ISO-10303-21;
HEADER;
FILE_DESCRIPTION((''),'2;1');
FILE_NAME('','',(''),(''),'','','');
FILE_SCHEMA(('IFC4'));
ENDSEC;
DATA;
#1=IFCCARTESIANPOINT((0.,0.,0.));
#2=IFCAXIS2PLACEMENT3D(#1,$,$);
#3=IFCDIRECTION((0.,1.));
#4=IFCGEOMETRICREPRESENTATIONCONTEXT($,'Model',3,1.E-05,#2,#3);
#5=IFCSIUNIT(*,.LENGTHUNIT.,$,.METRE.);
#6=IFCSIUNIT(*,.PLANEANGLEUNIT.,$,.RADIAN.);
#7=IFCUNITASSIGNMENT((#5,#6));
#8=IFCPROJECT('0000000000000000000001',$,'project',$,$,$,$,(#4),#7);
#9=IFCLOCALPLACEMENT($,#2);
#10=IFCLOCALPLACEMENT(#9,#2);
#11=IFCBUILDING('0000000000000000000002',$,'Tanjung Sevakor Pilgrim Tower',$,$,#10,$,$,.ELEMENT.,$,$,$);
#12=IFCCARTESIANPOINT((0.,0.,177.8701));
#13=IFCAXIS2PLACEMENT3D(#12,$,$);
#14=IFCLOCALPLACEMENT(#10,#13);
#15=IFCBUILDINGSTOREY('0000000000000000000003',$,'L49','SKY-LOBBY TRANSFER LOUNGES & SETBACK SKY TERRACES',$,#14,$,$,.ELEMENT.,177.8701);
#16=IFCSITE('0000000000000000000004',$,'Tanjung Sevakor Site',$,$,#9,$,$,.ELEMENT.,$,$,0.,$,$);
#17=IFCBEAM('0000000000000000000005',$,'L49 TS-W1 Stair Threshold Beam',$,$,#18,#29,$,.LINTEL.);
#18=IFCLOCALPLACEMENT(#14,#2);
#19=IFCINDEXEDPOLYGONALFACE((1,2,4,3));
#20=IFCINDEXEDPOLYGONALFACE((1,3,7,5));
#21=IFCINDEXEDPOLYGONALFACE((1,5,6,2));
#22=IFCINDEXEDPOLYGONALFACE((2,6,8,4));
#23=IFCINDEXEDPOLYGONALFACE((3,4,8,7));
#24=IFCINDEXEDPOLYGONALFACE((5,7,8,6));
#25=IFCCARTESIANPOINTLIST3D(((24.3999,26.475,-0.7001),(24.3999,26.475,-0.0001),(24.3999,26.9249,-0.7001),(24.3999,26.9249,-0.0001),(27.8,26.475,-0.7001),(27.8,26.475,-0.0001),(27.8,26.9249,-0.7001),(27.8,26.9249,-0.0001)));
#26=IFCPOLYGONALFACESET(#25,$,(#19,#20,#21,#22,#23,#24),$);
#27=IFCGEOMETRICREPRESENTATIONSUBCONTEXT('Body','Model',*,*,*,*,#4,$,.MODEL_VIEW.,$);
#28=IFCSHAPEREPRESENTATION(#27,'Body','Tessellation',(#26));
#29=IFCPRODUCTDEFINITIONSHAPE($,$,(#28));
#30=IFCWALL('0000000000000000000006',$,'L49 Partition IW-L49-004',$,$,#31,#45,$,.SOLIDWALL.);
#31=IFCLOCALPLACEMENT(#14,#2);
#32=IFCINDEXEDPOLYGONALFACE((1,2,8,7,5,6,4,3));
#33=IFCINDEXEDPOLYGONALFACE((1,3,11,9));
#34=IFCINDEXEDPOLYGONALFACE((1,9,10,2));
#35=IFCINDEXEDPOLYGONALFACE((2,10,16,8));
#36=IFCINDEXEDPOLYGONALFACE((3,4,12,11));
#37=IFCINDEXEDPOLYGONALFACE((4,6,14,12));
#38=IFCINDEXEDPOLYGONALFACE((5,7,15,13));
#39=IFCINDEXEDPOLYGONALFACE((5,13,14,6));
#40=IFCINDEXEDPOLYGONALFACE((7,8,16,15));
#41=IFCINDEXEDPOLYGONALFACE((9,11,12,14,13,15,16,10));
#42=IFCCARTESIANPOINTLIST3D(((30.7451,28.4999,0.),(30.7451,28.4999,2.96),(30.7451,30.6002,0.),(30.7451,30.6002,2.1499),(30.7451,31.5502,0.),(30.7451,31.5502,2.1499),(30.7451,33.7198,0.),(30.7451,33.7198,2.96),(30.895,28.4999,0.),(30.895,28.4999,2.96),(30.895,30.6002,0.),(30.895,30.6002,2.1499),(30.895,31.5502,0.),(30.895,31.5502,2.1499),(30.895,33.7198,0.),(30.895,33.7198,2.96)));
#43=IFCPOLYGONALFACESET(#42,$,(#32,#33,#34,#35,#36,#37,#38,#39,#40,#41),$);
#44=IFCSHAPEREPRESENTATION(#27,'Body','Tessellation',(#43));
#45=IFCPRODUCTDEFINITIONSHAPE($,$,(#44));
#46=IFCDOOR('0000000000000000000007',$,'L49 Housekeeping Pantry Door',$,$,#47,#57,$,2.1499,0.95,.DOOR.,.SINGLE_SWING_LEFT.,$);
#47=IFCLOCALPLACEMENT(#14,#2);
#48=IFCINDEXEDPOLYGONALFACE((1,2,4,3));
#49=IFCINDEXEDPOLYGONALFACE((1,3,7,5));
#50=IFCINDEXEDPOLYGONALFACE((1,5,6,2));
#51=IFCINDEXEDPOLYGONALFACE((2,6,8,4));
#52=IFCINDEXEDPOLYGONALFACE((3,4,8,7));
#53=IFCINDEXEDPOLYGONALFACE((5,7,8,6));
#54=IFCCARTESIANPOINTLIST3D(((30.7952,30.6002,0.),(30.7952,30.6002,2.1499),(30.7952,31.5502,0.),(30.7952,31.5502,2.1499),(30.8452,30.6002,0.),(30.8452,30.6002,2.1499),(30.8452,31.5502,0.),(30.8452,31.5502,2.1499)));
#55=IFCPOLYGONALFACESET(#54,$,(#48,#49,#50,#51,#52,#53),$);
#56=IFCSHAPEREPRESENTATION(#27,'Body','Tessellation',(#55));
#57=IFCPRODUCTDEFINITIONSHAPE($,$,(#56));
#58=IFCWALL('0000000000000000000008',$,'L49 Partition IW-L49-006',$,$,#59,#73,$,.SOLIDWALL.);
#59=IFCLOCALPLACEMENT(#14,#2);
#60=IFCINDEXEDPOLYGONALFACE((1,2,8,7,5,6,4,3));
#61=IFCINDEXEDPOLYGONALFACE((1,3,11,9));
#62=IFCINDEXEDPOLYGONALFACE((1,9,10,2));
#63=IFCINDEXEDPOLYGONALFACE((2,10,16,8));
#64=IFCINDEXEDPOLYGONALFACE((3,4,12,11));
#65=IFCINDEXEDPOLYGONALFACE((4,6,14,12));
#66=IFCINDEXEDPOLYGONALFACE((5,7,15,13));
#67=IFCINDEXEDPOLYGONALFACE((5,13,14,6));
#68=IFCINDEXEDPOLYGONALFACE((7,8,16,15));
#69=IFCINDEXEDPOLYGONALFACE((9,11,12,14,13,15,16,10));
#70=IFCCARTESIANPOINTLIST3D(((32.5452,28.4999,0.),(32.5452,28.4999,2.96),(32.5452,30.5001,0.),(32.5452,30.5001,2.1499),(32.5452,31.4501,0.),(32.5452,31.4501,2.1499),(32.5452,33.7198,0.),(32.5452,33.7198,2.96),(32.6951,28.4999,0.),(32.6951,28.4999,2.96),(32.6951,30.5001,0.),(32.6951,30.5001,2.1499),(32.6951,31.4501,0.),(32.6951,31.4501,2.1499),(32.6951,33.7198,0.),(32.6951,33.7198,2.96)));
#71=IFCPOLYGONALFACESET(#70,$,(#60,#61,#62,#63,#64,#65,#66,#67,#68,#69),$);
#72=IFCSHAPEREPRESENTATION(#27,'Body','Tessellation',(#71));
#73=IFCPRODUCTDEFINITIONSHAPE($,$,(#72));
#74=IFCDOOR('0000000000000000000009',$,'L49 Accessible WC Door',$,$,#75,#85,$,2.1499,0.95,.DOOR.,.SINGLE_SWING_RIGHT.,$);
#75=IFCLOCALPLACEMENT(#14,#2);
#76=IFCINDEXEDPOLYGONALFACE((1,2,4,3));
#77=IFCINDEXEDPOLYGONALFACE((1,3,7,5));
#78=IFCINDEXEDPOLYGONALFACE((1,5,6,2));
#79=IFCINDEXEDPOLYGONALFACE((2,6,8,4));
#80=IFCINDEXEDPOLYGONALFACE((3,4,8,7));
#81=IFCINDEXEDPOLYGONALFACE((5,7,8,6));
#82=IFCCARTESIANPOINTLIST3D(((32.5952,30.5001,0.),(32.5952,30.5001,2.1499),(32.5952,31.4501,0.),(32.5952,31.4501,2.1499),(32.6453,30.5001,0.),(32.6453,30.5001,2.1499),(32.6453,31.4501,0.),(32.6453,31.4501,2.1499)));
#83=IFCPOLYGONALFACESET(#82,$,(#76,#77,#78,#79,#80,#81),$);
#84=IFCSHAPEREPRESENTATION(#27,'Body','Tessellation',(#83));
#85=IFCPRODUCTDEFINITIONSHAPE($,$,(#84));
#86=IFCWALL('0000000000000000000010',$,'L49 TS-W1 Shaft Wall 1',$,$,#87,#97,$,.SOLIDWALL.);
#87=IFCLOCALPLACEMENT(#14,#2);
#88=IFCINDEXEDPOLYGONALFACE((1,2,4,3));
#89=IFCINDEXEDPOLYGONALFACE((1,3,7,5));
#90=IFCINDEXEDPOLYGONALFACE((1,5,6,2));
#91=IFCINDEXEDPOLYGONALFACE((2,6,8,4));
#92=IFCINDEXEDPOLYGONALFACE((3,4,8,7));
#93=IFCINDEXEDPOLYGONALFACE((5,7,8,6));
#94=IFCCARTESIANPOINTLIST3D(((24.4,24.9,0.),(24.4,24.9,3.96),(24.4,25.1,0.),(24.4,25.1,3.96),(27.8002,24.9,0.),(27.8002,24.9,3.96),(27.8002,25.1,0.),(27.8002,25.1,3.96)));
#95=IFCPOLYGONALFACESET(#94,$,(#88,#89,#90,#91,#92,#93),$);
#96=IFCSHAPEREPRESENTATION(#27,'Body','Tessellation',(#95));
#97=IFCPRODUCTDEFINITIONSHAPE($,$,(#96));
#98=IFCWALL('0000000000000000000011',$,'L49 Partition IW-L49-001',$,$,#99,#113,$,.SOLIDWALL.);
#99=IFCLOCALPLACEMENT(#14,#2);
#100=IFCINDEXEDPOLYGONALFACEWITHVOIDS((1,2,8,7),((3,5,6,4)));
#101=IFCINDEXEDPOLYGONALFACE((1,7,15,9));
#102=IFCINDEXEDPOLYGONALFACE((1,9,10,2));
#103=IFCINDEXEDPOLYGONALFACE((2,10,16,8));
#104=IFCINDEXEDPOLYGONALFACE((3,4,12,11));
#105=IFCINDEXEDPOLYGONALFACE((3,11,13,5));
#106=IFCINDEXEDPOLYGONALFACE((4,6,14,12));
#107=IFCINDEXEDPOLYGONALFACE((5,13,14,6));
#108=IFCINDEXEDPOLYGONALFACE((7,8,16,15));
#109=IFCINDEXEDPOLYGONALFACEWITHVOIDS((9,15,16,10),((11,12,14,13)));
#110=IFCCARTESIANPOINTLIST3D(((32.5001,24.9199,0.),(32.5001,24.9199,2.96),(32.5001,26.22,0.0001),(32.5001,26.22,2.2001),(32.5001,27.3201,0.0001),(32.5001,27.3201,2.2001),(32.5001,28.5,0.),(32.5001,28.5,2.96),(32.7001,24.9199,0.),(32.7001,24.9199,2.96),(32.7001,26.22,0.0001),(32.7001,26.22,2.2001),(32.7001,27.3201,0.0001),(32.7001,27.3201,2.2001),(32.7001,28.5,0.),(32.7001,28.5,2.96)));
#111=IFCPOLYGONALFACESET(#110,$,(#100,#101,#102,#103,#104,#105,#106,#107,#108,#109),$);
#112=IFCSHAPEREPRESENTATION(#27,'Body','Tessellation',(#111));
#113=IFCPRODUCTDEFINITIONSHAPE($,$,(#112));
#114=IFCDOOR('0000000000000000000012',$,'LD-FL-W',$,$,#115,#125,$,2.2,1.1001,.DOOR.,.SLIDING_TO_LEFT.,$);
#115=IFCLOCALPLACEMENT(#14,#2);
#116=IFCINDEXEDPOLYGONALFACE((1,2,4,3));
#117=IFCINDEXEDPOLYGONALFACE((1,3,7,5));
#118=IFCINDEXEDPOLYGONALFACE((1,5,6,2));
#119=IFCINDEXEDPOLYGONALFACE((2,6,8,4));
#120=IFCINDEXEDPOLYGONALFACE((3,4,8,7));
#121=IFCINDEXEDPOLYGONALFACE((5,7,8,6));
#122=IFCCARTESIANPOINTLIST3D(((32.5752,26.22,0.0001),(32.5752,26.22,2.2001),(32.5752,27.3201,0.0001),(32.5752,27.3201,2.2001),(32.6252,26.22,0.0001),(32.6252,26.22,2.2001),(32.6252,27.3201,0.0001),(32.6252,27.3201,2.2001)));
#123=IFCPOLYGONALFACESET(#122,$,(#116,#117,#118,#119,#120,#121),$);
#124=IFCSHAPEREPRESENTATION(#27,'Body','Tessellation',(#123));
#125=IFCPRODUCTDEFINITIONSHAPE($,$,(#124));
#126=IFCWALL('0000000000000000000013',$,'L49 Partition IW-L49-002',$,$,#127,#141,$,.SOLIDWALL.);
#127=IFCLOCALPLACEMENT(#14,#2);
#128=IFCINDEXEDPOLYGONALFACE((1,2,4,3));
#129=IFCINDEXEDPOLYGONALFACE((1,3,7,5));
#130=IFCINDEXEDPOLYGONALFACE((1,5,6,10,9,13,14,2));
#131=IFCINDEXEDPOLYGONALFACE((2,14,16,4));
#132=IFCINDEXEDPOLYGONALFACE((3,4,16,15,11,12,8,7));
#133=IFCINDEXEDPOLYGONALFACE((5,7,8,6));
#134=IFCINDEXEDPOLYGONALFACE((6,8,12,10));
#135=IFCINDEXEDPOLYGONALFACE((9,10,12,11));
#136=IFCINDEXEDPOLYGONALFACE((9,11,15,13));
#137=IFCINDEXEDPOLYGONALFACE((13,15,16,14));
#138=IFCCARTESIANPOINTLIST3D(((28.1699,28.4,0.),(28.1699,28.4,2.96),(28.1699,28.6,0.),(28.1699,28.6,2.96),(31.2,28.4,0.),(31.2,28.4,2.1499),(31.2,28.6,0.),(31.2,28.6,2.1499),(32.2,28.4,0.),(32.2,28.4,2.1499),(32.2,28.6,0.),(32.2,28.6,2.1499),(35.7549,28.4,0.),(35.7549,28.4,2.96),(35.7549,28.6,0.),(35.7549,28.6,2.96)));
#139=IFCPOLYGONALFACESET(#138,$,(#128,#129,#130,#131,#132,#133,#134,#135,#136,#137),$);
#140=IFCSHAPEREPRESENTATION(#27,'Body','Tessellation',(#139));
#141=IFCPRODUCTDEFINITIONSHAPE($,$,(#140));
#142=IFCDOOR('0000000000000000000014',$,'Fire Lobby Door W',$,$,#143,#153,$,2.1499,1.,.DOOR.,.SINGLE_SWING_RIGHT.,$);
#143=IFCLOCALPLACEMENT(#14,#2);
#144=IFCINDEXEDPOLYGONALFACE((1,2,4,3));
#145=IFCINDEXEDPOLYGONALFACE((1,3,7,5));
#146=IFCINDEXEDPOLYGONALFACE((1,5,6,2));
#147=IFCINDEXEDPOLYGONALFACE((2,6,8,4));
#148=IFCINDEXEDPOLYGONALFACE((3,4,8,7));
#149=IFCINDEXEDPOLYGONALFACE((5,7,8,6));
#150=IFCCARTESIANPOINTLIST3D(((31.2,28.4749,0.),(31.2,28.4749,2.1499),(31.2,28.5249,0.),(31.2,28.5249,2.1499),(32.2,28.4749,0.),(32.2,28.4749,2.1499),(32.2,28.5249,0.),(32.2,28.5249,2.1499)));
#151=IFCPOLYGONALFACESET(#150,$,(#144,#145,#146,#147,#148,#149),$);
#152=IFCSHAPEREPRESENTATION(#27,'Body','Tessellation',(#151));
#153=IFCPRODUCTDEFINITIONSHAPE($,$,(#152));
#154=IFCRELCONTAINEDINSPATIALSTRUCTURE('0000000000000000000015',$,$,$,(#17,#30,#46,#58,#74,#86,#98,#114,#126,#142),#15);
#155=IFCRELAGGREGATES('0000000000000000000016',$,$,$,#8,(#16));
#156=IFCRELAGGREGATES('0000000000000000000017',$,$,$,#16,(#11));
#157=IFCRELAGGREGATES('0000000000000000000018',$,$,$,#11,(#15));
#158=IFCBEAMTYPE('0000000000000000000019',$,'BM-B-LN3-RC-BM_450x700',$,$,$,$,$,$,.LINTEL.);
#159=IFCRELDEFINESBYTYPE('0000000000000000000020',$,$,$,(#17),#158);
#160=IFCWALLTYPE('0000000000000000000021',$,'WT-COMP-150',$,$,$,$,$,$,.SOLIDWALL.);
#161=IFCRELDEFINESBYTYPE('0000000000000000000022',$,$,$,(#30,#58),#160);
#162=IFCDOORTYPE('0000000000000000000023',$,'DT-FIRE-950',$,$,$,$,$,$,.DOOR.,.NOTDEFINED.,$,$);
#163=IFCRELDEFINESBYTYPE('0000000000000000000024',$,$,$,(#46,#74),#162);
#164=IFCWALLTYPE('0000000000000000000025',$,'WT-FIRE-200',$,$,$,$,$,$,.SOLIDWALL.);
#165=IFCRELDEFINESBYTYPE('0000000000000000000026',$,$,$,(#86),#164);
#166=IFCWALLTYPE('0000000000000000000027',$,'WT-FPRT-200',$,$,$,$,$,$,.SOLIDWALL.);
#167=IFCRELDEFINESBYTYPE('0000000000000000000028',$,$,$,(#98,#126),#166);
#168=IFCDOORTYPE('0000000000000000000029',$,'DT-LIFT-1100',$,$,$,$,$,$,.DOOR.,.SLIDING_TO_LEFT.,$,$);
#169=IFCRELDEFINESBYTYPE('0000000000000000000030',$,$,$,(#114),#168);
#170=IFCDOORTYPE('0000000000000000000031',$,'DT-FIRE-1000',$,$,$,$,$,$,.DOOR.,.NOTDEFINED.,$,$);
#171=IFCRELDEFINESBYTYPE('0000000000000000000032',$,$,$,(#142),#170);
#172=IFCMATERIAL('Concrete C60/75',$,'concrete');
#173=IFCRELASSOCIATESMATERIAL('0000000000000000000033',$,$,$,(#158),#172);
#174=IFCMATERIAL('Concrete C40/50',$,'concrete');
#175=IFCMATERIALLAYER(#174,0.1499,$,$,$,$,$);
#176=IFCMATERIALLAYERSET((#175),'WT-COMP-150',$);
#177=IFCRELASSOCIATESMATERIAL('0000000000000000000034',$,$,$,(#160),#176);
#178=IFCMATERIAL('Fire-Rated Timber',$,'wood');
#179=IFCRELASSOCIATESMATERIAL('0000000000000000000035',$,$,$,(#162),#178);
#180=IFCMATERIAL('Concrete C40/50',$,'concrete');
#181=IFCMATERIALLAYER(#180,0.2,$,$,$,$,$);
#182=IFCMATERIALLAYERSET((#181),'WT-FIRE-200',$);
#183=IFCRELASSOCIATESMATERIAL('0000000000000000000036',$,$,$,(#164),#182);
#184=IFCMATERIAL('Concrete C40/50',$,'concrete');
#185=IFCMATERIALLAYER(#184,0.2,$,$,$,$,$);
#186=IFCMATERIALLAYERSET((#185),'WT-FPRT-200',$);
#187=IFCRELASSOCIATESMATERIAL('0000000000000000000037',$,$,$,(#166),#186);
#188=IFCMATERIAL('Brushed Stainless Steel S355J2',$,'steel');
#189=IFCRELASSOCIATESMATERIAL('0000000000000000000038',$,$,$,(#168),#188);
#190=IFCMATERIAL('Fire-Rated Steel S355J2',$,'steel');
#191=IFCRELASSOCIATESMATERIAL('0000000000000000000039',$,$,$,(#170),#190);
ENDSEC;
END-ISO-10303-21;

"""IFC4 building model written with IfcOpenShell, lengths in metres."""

from ifc_helpers import new_model, si_unit, direction, frame, frame_2d, origin, origin_2d, place, context, subcontext, project, spatial, rectangle, extrude, material, layer, layer_set, material_profile, profile_set, type_object, element, fill, save


model = new_model("IFC4")

# Units and contexts
model_context = context("Model", 3, precision=1e-05, world=origin(), true_north=direction((0.0, 1.0)))
body_context = subcontext(model_context, "Body", "Model", "MODEL_VIEW")
ifc_project = project(units=[si_unit("LENGTHUNIT", "METRE"), si_unit("PLANEANGLEUNIT", "RADIAN")], contexts=[model_context])

# Site, building, storey
site_placement = place(None, origin())
site = spatial("IfcSite", under=ifc_project, at=site_placement, Name="Tanjung Sevakor Site", CompositionType="ELEMENT", RefElevation=0.0)
building_placement = place(site_placement, origin())
building = spatial("IfcBuilding", under=site, at=building_placement, Name="Tanjung Sevakor Pilgrim Tower", CompositionType="ELEMENT")
storey_placement = place(building_placement, frame((0.0, 0.0, 177.8701)))
storey = spatial("IfcBuildingStorey", under=building, at=storey_placement, Name="L49", Description="SKY-LOBBY TRANSFER LOUNGES & SETBACK SKY TERRACES", CompositionType="ELEMENT", Elevation=177.8701)

# Beam
ifc_material_1 = material(Name="Concrete C60/75", Category="concrete")
ifc_material_profile = material_profile(ifc_material_1, rectangle(XDim=0.45, YDim=0.7, at=origin_2d()))
ifc_profile_set = profile_set([ifc_material_profile], Name="Concrete C60/75")
beam_type = type_object("IfcBeamType", Name="BM-B-LN3-RC-BM_450x700", PredefinedType="LINTEL", material=ifc_profile_set)
beam_placement = place(storey_placement, frame((24.3999, 26.7, -0.3501), z_axis=(1.0, 0.0, 0.0), x_axis=(0.0, 1.0, 0.0)))
element("IfcBeam", 1, at=beam_placement, inside=storey, type_object=beam_type, Name="L49 TS-W1 Stair Threshold Beam", PredefinedType="LINTEL", context=body_context, shape_type="SweptSolid", body=[
    extrude(rectangle(XDim=0.45, YDim=0.7, at=origin_2d()), origin(), (0.0, 0.0, 1.0), 3.4001),
])

# Walls, openings, doors
ifc_material_2 = material(Name="Concrete C40/50", Category="concrete")
ifc_layer_1 = layer(ifc_material_2, 0.1499)
ifc_layer_set_1 = layer_set([ifc_layer_1], Name="WT-COMP-150")
wall_type_1 = type_object("IfcWallType", Name="WT-COMP-150", PredefinedType="SOLIDWALL", material=ifc_layer_set_1)
wall_1_placement = place(storey_placement, frame((30.8201, 28.5, 0.0), z_axis=(0.0, 0.0, 1.0), x_axis=(0.0, 1.0, 0.0)))
wall_1 = element("IfcWall", 2, at=wall_1_placement, inside=storey, type_object=wall_type_1, Name="L49 Partition IW-L49-004", PredefinedType="SOLIDWALL", context=body_context, shape_type="SweptSolid", body=[
    extrude(rectangle(XDim=5.22, YDim=0.1499, at=frame_2d((2.6099, 0.0))), origin(), (0.0, 0.0, 1.0), 2.96),
])
opening_1_placement = place(wall_1_placement, frame((2.1001, 0.0, 0.0)))
opening_1 = element("IfcOpeningElement", 3, at=opening_1_placement, cuts=wall_1, PredefinedType="OPENING", context=body_context, shape_type="SweptSolid", body=[
    extrude(rectangle(XDim=0.95, YDim=2.1499, at=frame_2d((0.4751, 1.075))), frame((0.0, 0.085, 0.0), z_axis=(0.0, -1.0, 0.0), x_axis=(1.0, 0.0, 0.0)), (0.0, 0.0, 1.0), 0.1699),
])
ifc_material_3 = material(Name="Fire-Rated Timber", Category="wood")
door_type_1 = type_object("IfcDoorType", Name="DT-FIRE-950", OperationType="NOTDEFINED", PredefinedType="DOOR", material=ifc_material_3)
door_1_placement = place(opening_1_placement, origin())
door_1 = element("IfcDoor", 4, at=door_1_placement, inside=storey, type_object=door_type_1, Name="L49 Housekeeping Pantry Door", OperationType="SINGLE_SWING_LEFT", OverallHeight=2.1499, OverallWidth=0.95, PredefinedType="DOOR", context=body_context, shape_type="SweptSolid", body=[
    extrude(rectangle(XDim=0.95, YDim=2.1499, at=frame_2d((0.4751, 1.075))), frame((0.0, 0.0249, 0.0), z_axis=(0.0, -1.0, 0.0), x_axis=(1.0, 0.0, 0.0)), (0.0, 0.0, 1.0), 0.05),
])
fill(opening_1, door_1)
wall_2_placement = place(storey_placement, frame((32.6201, 28.5, 0.0), z_axis=(0.0, 0.0, 1.0), x_axis=(0.0, 1.0, 0.0)))
wall_2 = element("IfcWall", 5, at=wall_2_placement, inside=storey, type_object=wall_type_1, Name="L49 Partition IW-L49-006", PredefinedType="SOLIDWALL", context=body_context, shape_type="SweptSolid", body=[
    extrude(rectangle(XDim=5.22, YDim=0.1499, at=frame_2d((2.6099, 0.0))), origin(), (0.0, 0.0, 1.0), 2.96),
])
opening_2_placement = place(wall_2_placement, frame((2.0, 0.0, 0.0)))
opening_2 = element("IfcOpeningElement", 6, at=opening_2_placement, cuts=wall_2, PredefinedType="OPENING", context=body_context, shape_type="SweptSolid", body=[
    extrude(rectangle(XDim=0.95, YDim=2.1499, at=frame_2d((0.4751, 1.075))), frame((0.0, 0.085, 0.0), z_axis=(0.0, -1.0, 0.0), x_axis=(1.0, 0.0, 0.0)), (0.0, 0.0, 1.0), 0.1699),
])
door_2_placement = place(opening_2_placement, origin())
door_2 = element("IfcDoor", 7, at=door_2_placement, inside=storey, type_object=door_type_1, Name="L49 Accessible WC Door", OperationType="SINGLE_SWING_RIGHT", OverallHeight=2.1499, OverallWidth=0.95, PredefinedType="DOOR", context=body_context, shape_type="SweptSolid", body=[
    extrude(rectangle(XDim=0.95, YDim=2.1499, at=frame_2d((0.4751, 1.075))), frame((0.0, 0.0249, 0.0), z_axis=(0.0, -1.0, 0.0), x_axis=(1.0, 0.0, 0.0)), (0.0, 0.0, 1.0), 0.05),
])
fill(opening_2, door_2)

# Wall
ifc_material_4 = material(Name="Concrete C40/50", Category="concrete")
ifc_layer_2 = layer(ifc_material_4, 0.2)
ifc_layer_set_2 = layer_set([ifc_layer_2], Name="WT-FIRE-200")
wall_type_2 = type_object("IfcWallType", Name="WT-FIRE-200", PredefinedType="SOLIDWALL", material=ifc_layer_set_2)
wall_3_placement = place(storey_placement, frame((24.3999, 25.0, 0.0), z_axis=(0.0, 0.0, 1.0), x_axis=(1.0, 0.0, 0.0)))
element("IfcWall", 8, at=wall_3_placement, inside=storey, type_object=wall_type_2, Name="L49 TS-W1 Shaft Wall 1", PredefinedType="SOLIDWALL", context=body_context, shape_type="SweptSolid", body=[
    extrude(rectangle(XDim=3.4001, YDim=0.2, at=frame_2d((1.7002, 0.0))), origin(), (0.0, 0.0, 1.0), 3.96),
])

# Walls, openings, doors
ifc_material_5 = material(Name="Concrete C40/50", Category="concrete")
ifc_layer_3 = layer(ifc_material_5, 0.2)
ifc_layer_set_3 = layer_set([ifc_layer_3], Name="WT-FPRT-200")
wall_type_3 = type_object("IfcWallType", Name="WT-FPRT-200", PredefinedType="SOLIDWALL", material=ifc_layer_set_3)
wall_4_placement = place(storey_placement, frame((32.6001, 24.9199, 0.0), z_axis=(0.0, 0.0, 1.0), x_axis=(0.0, 1.0, 0.0)))
wall_4 = element("IfcWall", 9, at=wall_4_placement, inside=storey, type_object=wall_type_3, Name="L49 Partition IW-L49-001", PredefinedType="SOLIDWALL", context=body_context, shape_type="SweptSolid", body=[
    extrude(rectangle(XDim=3.5801, YDim=0.2, at=frame_2d((1.79, 0.0))), origin(), (0.0, 0.0, 1.0), 2.96),
])
opening_3_placement = place(wall_4_placement, frame((1.3, 0.0, 0.0)))
opening_3 = element("IfcOpeningElement", 10, at=opening_3_placement, cuts=wall_4, PredefinedType="OPENING", context=body_context, shape_type="SweptSolid", body=[
    extrude(rectangle(XDim=1.1001, YDim=2.2, at=frame_2d((0.55, 1.1001))), frame((0.0, 0.1099, 0.0), z_axis=(0.0, -1.0, 0.0), x_axis=(1.0, 0.0, 0.0)), (0.0, 0.0, 1.0), 0.22),
])
ifc_material_6 = material(Name="Brushed Stainless Steel S355J2", Category="steel")
door_type_2 = type_object("IfcDoorType", Name="DT-LIFT-1100", OperationType="SLIDING_TO_LEFT", PredefinedType="DOOR", material=ifc_material_6)
door_3_placement = place(opening_3_placement, origin())
door_3 = element("IfcDoor", 11, at=door_3_placement, inside=storey, type_object=door_type_2, Name="LD-FL-W", OperationType="SLIDING_TO_LEFT", OverallHeight=2.2, OverallWidth=1.1001, PredefinedType="DOOR", context=body_context, shape_type="SweptSolid", body=[
    extrude(rectangle(XDim=1.1001, YDim=2.2, at=frame_2d((0.55, 1.1001))), frame((0.0, 0.0249, 0.0), z_axis=(0.0, -1.0, 0.0), x_axis=(1.0, 0.0, 0.0)), (0.0, 0.0, 1.0), 0.05),
])
fill(opening_3, door_3)
wall_5_placement = place(storey_placement, frame((28.1699, 28.5, 0.0), z_axis=(0.0, 0.0, 1.0), x_axis=(1.0, 0.0, 0.0)))
wall_5 = element("IfcWall", 12, at=wall_5_placement, inside=storey, type_object=wall_type_3, Name="L49 Partition IW-L49-002", PredefinedType="SOLIDWALL", context=body_context, shape_type="SweptSolid", body=[
    extrude(rectangle(XDim=7.585, YDim=0.2, at=frame_2d((3.7925, 0.0))), origin(), (0.0, 0.0, 1.0), 2.96),
])
opening_4_placement = place(wall_5_placement, frame((3.03, 0.0, 0.0)))
opening_4 = element("IfcOpeningElement", 13, at=opening_4_placement, cuts=wall_5, PredefinedType="OPENING", context=body_context, shape_type="SweptSolid", body=[
    extrude(rectangle(XDim=1.0, YDim=2.1499, at=frame_2d((0.5, 1.075))), frame((0.0, 0.1099, 0.0), z_axis=(0.0, -1.0, 0.0), x_axis=(1.0, 0.0, 0.0)), (0.0, 0.0, 1.0), 0.22),
])
ifc_material_7 = material(Name="Fire-Rated Steel S355J2", Category="steel")
door_type_3 = type_object("IfcDoorType", Name="DT-FIRE-1000", OperationType="NOTDEFINED", PredefinedType="DOOR", material=ifc_material_7)
door_4_placement = place(opening_4_placement, origin())
door_4 = element("IfcDoor", 14, at=door_4_placement, inside=storey, type_object=door_type_3, Name="Fire Lobby Door W", OperationType="SINGLE_SWING_RIGHT", OverallHeight=2.1499, OverallWidth=1.0, PredefinedType="DOOR", context=body_context, shape_type="SweptSolid", body=[
    extrude(rectangle(XDim=1.0, YDim=2.1499, at=frame_2d((0.5, 1.075))), frame((0.0, 0.0249, 0.0), z_axis=(0.0, -1.0, 0.0), x_axis=(1.0, 0.0, 0.0)), (0.0, 0.0, 1.0), 0.05),
])
fill(opening_4, door_4)

save(model, "model.ifc")
